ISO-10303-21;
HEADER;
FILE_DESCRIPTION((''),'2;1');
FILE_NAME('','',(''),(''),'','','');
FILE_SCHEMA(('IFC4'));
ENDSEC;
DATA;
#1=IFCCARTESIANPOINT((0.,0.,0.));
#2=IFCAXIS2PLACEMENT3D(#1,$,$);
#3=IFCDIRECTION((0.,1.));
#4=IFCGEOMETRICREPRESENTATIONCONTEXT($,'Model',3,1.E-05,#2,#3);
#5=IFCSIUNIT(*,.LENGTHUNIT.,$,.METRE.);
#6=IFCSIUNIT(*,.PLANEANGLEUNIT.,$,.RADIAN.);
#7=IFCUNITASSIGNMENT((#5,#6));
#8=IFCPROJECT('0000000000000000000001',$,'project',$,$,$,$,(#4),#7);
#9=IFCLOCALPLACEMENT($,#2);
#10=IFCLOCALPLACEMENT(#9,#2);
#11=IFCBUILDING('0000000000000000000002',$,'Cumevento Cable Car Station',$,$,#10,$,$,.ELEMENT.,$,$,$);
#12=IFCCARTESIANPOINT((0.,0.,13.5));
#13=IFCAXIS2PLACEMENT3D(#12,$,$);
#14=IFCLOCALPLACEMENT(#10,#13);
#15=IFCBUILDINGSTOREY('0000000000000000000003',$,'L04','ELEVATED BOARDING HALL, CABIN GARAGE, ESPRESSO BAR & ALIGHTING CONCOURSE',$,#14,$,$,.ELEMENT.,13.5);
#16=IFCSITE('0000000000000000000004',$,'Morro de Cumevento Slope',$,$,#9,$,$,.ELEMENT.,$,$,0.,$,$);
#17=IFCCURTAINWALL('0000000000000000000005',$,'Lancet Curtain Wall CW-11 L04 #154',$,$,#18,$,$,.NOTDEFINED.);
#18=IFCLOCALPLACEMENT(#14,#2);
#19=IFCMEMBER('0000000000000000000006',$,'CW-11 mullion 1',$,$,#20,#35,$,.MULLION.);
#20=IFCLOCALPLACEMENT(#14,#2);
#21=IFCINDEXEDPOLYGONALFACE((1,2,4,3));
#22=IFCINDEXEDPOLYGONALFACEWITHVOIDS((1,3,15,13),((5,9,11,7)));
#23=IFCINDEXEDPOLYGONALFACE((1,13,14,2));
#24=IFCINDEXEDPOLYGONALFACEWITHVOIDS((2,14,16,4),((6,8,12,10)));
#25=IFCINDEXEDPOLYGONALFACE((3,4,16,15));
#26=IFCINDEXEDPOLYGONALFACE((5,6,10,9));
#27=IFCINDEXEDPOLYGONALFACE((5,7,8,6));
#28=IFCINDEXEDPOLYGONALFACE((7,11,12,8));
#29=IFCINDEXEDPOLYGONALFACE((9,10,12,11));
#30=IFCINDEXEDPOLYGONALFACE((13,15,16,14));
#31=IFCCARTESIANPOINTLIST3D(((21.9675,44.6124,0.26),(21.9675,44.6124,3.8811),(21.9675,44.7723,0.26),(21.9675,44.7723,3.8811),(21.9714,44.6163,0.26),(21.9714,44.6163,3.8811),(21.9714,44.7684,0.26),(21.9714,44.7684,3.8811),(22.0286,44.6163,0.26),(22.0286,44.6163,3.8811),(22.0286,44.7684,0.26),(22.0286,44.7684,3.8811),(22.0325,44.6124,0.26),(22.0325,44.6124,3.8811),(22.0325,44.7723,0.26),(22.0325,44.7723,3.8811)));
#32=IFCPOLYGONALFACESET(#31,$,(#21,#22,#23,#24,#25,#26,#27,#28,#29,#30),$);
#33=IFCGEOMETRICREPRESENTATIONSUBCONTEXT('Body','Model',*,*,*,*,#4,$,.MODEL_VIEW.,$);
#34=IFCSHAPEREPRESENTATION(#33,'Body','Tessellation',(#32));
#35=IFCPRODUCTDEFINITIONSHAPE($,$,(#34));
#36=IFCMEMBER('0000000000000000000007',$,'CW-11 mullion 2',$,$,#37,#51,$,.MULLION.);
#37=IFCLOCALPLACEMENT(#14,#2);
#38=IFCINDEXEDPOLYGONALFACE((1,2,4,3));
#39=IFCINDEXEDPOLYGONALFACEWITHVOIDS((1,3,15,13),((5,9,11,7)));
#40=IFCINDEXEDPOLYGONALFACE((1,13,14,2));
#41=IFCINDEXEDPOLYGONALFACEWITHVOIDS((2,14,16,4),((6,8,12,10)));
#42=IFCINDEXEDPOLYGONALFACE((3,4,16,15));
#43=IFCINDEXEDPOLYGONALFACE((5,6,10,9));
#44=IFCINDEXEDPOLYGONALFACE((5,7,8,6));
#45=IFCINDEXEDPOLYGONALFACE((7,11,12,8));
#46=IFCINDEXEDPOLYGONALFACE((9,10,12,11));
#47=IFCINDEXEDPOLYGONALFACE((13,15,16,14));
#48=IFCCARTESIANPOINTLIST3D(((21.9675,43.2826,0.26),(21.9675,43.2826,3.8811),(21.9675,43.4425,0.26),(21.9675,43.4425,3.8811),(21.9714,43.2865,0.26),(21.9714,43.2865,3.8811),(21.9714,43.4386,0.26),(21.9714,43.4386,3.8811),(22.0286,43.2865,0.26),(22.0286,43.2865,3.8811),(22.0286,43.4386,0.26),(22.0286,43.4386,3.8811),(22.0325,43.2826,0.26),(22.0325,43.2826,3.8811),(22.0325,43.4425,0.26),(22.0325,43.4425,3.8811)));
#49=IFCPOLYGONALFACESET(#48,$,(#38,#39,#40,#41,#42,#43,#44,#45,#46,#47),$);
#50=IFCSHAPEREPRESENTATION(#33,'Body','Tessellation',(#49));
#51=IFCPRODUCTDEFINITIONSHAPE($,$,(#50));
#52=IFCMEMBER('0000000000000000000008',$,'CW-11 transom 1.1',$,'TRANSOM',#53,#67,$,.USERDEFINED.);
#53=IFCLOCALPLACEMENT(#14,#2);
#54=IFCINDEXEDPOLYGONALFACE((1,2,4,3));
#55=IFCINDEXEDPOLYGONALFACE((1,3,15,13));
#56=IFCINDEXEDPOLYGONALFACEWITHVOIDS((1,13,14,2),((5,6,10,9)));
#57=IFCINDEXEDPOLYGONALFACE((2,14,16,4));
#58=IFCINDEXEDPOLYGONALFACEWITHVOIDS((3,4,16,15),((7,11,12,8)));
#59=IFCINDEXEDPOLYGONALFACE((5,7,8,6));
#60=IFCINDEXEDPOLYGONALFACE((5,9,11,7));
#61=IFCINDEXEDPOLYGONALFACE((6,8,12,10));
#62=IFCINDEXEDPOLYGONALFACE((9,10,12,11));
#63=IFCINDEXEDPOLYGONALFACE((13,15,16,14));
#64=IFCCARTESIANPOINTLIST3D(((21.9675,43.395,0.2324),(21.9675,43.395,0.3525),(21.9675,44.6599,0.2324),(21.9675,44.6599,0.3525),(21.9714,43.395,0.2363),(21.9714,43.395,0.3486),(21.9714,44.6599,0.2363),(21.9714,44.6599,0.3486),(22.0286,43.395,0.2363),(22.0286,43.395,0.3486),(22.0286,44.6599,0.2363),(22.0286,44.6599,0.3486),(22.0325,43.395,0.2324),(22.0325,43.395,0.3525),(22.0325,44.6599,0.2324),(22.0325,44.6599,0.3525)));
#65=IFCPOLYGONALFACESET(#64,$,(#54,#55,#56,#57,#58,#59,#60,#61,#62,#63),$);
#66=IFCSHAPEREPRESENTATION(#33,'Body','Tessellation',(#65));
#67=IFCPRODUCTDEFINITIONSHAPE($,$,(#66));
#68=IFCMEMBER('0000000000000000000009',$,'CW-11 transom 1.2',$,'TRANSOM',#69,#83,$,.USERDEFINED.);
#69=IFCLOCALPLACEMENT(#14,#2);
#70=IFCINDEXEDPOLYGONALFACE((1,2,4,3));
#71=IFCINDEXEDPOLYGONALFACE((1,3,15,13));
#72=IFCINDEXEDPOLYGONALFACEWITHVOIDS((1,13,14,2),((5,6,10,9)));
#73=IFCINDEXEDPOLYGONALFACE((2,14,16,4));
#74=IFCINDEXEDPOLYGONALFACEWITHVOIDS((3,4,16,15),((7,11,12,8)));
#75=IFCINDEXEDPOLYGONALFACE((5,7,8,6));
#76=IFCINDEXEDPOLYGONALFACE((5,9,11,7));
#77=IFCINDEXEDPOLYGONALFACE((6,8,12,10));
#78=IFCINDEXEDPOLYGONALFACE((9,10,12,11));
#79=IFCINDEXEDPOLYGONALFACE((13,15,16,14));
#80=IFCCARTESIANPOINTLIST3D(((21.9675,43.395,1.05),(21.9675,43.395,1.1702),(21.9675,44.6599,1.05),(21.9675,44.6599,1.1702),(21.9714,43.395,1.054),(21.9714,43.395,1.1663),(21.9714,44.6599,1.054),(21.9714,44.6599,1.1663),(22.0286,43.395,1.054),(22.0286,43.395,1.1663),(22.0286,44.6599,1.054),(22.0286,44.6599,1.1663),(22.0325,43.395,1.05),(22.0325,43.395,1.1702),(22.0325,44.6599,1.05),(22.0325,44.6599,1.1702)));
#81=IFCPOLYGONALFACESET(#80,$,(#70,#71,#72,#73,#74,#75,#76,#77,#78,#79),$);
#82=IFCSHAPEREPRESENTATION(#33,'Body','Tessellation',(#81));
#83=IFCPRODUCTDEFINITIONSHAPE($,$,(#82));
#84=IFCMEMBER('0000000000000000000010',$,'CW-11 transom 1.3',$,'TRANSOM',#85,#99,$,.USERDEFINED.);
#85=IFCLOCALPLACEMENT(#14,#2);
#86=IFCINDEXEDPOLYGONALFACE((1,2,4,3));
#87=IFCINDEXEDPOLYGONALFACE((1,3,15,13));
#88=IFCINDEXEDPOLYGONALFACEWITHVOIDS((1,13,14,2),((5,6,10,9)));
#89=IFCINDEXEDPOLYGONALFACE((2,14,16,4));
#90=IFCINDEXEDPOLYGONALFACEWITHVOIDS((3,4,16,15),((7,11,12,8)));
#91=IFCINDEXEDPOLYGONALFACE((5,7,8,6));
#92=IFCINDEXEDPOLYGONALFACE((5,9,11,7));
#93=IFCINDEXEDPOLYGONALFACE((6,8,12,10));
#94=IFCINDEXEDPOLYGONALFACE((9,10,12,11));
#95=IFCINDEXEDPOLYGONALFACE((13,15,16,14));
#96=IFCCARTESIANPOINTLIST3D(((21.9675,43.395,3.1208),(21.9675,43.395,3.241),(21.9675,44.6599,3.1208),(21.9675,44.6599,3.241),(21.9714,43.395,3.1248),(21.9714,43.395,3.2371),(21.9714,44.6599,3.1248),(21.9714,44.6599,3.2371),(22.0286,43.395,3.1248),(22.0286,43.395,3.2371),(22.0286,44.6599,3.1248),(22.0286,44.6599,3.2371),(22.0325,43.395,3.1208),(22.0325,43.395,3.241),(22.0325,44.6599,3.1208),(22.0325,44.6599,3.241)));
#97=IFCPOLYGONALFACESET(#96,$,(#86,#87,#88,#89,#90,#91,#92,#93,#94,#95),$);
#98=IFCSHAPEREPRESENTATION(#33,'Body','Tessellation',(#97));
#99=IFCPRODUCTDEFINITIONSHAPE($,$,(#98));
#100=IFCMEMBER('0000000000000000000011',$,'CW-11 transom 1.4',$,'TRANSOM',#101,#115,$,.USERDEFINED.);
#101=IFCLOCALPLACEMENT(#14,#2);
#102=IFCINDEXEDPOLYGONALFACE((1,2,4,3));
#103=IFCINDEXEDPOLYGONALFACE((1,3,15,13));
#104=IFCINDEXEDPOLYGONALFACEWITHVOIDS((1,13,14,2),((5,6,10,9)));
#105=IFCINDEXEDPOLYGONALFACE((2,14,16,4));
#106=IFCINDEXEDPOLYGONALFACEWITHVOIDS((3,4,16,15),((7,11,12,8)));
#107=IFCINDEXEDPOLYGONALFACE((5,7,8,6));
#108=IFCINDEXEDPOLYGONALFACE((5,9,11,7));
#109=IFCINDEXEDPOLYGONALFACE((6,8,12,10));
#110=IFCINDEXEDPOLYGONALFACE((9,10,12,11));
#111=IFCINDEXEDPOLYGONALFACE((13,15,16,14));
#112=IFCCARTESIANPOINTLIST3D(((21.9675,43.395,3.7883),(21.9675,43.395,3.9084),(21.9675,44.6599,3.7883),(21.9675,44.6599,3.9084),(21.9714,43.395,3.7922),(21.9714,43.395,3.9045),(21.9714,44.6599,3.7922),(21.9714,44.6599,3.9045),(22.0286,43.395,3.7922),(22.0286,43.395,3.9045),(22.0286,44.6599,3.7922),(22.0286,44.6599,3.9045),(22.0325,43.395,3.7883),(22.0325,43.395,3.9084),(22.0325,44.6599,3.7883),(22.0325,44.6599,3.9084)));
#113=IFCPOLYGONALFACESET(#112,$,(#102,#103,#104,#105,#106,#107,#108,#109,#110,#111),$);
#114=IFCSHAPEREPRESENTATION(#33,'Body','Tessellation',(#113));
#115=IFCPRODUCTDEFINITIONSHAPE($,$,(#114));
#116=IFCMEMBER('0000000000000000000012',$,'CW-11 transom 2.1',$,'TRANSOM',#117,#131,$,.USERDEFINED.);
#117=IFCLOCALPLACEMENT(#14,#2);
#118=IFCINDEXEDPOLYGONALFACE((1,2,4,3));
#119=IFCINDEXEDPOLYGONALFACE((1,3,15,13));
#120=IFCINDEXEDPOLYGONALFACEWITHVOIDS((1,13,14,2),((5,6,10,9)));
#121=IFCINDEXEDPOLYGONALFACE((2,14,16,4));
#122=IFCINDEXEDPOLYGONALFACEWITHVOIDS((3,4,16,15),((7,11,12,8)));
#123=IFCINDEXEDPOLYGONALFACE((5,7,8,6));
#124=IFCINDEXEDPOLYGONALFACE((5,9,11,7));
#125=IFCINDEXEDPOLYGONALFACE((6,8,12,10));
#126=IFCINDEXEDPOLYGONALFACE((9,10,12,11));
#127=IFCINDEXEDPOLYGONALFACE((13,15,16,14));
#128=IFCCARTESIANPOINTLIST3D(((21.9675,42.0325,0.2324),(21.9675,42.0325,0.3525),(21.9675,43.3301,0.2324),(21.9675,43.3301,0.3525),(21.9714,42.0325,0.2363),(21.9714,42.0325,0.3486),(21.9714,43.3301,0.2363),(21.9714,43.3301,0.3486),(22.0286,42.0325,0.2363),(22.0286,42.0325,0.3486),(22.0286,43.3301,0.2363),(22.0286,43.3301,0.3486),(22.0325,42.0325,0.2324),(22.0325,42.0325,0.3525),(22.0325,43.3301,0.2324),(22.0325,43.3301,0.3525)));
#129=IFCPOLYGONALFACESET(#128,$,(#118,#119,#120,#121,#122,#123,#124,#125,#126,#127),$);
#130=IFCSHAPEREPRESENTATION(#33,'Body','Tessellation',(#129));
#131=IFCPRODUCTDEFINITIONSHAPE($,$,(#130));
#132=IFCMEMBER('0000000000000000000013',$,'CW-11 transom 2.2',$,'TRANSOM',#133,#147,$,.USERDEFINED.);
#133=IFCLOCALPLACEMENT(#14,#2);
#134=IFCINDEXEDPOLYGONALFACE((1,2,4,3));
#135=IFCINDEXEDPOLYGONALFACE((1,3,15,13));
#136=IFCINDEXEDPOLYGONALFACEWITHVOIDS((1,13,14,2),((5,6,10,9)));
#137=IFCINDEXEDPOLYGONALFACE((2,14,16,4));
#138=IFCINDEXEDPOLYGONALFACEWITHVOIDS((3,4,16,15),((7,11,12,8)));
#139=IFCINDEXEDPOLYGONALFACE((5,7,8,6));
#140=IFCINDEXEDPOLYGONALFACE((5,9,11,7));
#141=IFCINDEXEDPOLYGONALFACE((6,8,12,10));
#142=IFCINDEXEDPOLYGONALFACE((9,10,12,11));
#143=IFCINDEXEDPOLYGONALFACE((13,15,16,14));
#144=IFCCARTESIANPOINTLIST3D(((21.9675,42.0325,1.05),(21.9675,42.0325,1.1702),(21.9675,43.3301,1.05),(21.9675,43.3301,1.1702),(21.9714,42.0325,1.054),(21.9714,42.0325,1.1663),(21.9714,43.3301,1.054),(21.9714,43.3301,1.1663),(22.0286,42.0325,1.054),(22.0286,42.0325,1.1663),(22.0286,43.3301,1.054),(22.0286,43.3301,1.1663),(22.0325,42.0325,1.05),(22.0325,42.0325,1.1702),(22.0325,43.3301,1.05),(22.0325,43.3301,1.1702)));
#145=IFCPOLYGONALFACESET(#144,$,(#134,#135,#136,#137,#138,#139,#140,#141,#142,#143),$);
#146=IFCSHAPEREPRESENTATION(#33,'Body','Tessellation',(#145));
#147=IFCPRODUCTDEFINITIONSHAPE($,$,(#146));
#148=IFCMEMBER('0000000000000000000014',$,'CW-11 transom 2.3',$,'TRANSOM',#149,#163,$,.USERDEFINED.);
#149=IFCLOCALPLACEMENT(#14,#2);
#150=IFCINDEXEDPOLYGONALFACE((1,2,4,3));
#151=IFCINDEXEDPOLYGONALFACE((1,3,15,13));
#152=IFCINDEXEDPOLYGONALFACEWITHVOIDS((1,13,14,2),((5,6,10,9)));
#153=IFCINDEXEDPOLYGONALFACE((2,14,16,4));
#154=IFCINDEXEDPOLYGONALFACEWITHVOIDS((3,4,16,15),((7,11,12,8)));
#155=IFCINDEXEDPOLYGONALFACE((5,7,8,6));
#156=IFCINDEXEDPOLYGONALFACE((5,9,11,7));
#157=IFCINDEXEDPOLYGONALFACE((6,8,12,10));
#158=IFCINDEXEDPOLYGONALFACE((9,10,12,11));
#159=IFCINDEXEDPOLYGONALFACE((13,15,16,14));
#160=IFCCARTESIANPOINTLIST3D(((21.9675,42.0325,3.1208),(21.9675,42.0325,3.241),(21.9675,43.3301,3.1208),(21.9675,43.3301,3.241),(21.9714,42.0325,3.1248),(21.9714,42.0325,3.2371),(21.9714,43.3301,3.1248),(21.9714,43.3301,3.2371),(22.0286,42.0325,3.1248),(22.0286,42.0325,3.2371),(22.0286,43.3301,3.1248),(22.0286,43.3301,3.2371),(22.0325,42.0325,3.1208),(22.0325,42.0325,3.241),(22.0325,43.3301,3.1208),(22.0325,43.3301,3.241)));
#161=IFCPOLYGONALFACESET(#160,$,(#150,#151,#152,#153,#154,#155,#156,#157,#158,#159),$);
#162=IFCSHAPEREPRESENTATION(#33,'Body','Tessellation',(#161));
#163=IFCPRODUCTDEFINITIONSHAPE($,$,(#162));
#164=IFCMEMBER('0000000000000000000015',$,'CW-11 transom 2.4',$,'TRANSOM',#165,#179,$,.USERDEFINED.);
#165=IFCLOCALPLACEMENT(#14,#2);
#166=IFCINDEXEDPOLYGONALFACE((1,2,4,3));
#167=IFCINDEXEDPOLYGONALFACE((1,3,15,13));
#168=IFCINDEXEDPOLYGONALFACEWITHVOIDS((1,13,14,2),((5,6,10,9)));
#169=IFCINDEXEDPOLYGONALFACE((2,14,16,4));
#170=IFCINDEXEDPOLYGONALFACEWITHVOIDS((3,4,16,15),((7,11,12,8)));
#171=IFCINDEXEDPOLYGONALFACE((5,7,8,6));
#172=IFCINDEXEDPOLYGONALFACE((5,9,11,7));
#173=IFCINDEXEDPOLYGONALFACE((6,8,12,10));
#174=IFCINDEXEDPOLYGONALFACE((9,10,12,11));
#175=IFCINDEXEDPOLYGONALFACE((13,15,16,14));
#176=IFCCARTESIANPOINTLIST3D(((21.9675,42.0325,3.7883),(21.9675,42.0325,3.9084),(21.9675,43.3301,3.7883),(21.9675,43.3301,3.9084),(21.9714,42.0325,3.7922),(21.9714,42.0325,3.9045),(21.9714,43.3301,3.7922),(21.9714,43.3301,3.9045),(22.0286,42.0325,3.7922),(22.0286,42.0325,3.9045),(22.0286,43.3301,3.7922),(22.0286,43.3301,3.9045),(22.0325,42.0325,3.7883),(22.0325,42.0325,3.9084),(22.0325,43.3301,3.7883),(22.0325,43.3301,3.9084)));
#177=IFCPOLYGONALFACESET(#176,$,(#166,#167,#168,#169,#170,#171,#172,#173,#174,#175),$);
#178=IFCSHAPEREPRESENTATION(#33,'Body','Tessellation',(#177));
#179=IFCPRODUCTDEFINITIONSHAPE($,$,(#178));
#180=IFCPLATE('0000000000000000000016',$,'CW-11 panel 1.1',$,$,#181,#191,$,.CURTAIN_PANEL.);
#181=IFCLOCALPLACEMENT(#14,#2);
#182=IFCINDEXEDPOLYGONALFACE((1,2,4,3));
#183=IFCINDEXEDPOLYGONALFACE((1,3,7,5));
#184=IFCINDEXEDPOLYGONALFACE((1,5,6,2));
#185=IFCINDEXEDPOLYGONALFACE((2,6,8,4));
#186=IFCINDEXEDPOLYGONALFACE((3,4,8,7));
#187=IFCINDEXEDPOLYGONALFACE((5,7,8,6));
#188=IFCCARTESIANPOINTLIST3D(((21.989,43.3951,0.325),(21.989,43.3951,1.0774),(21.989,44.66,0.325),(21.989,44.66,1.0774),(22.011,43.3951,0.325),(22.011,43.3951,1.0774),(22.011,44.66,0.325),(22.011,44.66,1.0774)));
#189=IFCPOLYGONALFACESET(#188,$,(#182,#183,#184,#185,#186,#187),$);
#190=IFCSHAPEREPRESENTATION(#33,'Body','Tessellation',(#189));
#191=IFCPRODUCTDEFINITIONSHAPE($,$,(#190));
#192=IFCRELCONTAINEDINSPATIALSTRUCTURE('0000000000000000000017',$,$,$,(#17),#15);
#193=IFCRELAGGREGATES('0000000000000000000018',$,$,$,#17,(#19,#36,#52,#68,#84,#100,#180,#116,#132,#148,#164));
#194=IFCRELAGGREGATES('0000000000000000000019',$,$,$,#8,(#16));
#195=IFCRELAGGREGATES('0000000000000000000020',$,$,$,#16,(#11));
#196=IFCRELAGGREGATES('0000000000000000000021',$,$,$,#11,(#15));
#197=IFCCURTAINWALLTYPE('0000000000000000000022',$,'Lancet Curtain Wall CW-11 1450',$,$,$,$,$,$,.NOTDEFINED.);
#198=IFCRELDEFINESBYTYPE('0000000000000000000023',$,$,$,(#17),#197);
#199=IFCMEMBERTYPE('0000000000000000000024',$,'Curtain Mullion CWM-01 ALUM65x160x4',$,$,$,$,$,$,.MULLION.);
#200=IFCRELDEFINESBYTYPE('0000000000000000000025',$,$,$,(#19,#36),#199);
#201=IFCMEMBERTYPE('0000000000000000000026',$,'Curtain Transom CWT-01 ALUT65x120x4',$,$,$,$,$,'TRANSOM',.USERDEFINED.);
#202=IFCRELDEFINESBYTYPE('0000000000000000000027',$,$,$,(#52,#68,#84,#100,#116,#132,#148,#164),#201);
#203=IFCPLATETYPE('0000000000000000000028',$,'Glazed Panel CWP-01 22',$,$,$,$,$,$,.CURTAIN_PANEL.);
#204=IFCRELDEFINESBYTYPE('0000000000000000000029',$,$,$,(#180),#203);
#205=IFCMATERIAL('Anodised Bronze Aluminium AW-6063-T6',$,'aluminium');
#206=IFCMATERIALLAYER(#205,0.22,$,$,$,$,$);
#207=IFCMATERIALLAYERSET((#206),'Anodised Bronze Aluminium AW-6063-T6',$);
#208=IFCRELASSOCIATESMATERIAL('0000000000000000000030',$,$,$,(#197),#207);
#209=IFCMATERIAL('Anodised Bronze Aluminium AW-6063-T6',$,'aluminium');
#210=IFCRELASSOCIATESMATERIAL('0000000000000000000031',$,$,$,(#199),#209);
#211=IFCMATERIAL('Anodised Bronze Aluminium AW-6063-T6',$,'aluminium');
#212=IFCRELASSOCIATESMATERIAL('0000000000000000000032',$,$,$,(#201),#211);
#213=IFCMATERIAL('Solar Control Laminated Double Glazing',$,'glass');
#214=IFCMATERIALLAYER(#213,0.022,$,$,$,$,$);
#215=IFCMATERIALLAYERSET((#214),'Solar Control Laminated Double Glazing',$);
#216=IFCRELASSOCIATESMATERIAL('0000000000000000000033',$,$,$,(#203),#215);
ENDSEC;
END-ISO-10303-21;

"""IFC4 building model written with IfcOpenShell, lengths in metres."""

from ifc_helpers import new_model, si_unit, direction, frame, origin, origin_2d, place, context, subcontext, project, spatial, rectangle, hollow_rectangle, extrude, material, layer, layer_set, material_profile, profile_set, type_object, element, aggregate, save


model = new_model("IFC4")

# Units and contexts
model_context = context("Model", 3, precision=1e-05, world=origin(), true_north=direction((0.0, 1.0)))
body_context = subcontext(model_context, "Body", "Model", "MODEL_VIEW")
ifc_project = project(units=[si_unit("LENGTHUNIT", "METRE"), si_unit("PLANEANGLEUNIT", "RADIAN")], contexts=[model_context])

# Site, building, storey
site_placement = place(None, origin())
site = spatial("IfcSite", under=ifc_project, at=site_placement, Name="Morro de Cumevento Slope", CompositionType="ELEMENT", RefElevation=0.0)
building_placement = place(site_placement, origin())
building = spatial("IfcBuilding", under=site, at=building_placement, Name="Cumevento Cable Car Station", CompositionType="ELEMENT")
storey_placement = place(building_placement, frame((0.0, 0.0, 13.5)))
storey = spatial("IfcBuildingStorey", under=building, at=storey_placement, Name="L04", Description="ELEVATED BOARDING HALL, CABIN GARAGE, ESPRESSO BAR & ALIGHTING CONCOURSE", CompositionType="ELEMENT", Elevation=13.5)

# Curtain wall, members, plate
ifc_material_1 = material(Name="Anodised Bronze Aluminium AW-6063-T6", Category="aluminium")
ifc_layer_1 = layer(ifc_material_1, 0.22)
ifc_layer_set_1 = layer_set([ifc_layer_1], Name="Anodised Bronze Aluminium AW-6063-T6")
curtain_wall_type = type_object("IfcCurtainWallType", Name="Lancet Curtain Wall CW-11 1450", PredefinedType="NOTDEFINED", material=ifc_layer_set_1)
curtain_wall_placement = place(storey_placement, origin())
curtain_wall = element("IfcCurtainWall", 1, at=curtain_wall_placement, inside=storey, type_object=curtain_wall_type, Name="Lancet Curtain Wall CW-11 L04 #154", PredefinedType="NOTDEFINED")
ifc_material_2 = material(Name="Anodised Bronze Aluminium AW-6063-T6", Category="aluminium")
ifc_material_profile_1 = material_profile(ifc_material_2, hollow_rectangle(XDim=0.0649, YDim=0.1599, WallThickness=0.0039, at=origin_2d()), Name="ALUM65x160x4")
ifc_profile_set_1 = profile_set([ifc_material_profile_1], Name="Anodised Bronze Aluminium AW-6063-T6")
member_type_1 = type_object("IfcMemberType", Name="Curtain Mullion CWM-01 ALUM65x160x4", PredefinedType="MULLION", material=ifc_profile_set_1)
member_1_placement = place(storey_placement, frame((22.0, 44.6924, 0.26), z_axis=(0.0, 0.0, 1.0), x_axis=(1.0, 0.0, 0.0)))
member_1 = element("IfcMember", 2, at=member_1_placement, type_object=member_type_1, Name="CW-11 mullion 1", PredefinedType="MULLION", context=body_context, shape_type="SweptSolid", body=[
    extrude(hollow_rectangle(XDim=0.0649, YDim=0.1599, WallThickness=0.0039, at=origin_2d()), origin(), (0.0, 0.0, 1.0), 3.6211),
])
member_2_placement = place(storey_placement, frame((22.0, 43.3625, 0.26), z_axis=(0.0, 0.0, 1.0), x_axis=(1.0, 0.0, 0.0)))
member_2 = element("IfcMember", 3, at=member_2_placement, type_object=member_type_1, Name="CW-11 mullion 2", PredefinedType="MULLION", context=body_context, shape_type="SweptSolid", body=[
    extrude(hollow_rectangle(XDim=0.0649, YDim=0.1599, WallThickness=0.0039, at=origin_2d()), origin(), (0.0, 0.0, 1.0), 3.6211),
])
ifc_material_3 = material(Name="Anodised Bronze Aluminium AW-6063-T6", Category="aluminium")
ifc_material_profile_2 = material_profile(ifc_material_3, hollow_rectangle(XDim=0.0649, YDim=0.1201, WallThickness=0.0039, at=origin_2d()), Name="ALUT65x120x4")
ifc_profile_set_2 = profile_set([ifc_material_profile_2], Name="Anodised Bronze Aluminium AW-6063-T6")
member_type_2 = type_object("IfcMemberType", Name="Curtain Transom CWT-01 ALUT65x120x4", ElementType="TRANSOM", PredefinedType="USERDEFINED", material=ifc_profile_set_2)
member_3_placement = place(storey_placement, frame((22.0, 44.6599, 0.2925), z_axis=(0.0, -1.0, 0.0), x_axis=(1.0, 0.0, 0.0)))
member_3 = element("IfcMember", 4, at=member_3_placement, type_object=member_type_2, Name="CW-11 transom 1.1", ObjectType="TRANSOM", PredefinedType="USERDEFINED", context=body_context, shape_type="SweptSolid", body=[
    extrude(hollow_rectangle(XDim=0.0649, YDim=0.1201, WallThickness=0.0039, at=origin_2d()), origin(), (0.0, 0.0, 1.0), 1.2649),
])
member_4_placement = place(storey_placement, frame((22.0, 44.6599, 1.1101), z_axis=(0.0, -1.0, 0.0), x_axis=(1.0, 0.0, 0.0)))
member_4 = element("IfcMember", 5, at=member_4_placement, type_object=member_type_2, Name="CW-11 transom 1.2", ObjectType="TRANSOM", PredefinedType="USERDEFINED", context=body_context, shape_type="SweptSolid", body=[
    extrude(hollow_rectangle(XDim=0.0649, YDim=0.1201, WallThickness=0.0039, at=origin_2d()), origin(), (0.0, 0.0, 1.0), 1.2649),
])
member_5_placement = place(storey_placement, frame((22.0, 44.6599, 3.1809), z_axis=(0.0, -1.0, 0.0), x_axis=(1.0, 0.0, 0.0)))
member_5 = element("IfcMember", 6, at=member_5_placement, type_object=member_type_2, Name="CW-11 transom 1.3", ObjectType="TRANSOM", PredefinedType="USERDEFINED", context=body_context, shape_type="SweptSolid", body=[
    extrude(hollow_rectangle(XDim=0.0649, YDim=0.1201, WallThickness=0.0039, at=origin_2d()), origin(), (0.0, 0.0, 1.0), 1.2649),
])
member_6_placement = place(storey_placement, frame((22.0, 44.6599, 3.8484), z_axis=(0.0, -1.0, 0.0), x_axis=(1.0, 0.0, 0.0)))
member_6 = element("IfcMember", 7, at=member_6_placement, type_object=member_type_2, Name="CW-11 transom 1.4", ObjectType="TRANSOM", PredefinedType="USERDEFINED", context=body_context, shape_type="SweptSolid", body=[
    extrude(hollow_rectangle(XDim=0.0649, YDim=0.1201, WallThickness=0.0039, at=origin_2d()), origin(), (0.0, 0.0, 1.0), 1.2649),
])
member_7_placement = place(storey_placement, frame((22.0, 43.3301, 0.2925), z_axis=(0.0, -1.0, 0.0), x_axis=(1.0, 0.0, 0.0)))
member_7 = element("IfcMember", 8, at=member_7_placement, type_object=member_type_2, Name="CW-11 transom 2.1", ObjectType="TRANSOM", PredefinedType="USERDEFINED", context=body_context, shape_type="SweptSolid", body=[
    extrude(hollow_rectangle(XDim=0.0649, YDim=0.1201, WallThickness=0.0039, at=origin_2d()), origin(), (0.0, 0.0, 1.0), 1.2976),
])
member_8_placement = place(storey_placement, frame((22.0, 43.3301, 1.1101), z_axis=(0.0, -1.0, 0.0), x_axis=(1.0, 0.0, 0.0)))
member_8 = element("IfcMember", 9, at=member_8_placement, type_object=member_type_2, Name="CW-11 transom 2.2", ObjectType="TRANSOM", PredefinedType="USERDEFINED", context=body_context, shape_type="SweptSolid", body=[
    extrude(hollow_rectangle(XDim=0.0649, YDim=0.1201, WallThickness=0.0039, at=origin_2d()), origin(), (0.0, 0.0, 1.0), 1.2976),
])
member_9_placement = place(storey_placement, frame((22.0, 43.3301, 3.1809), z_axis=(0.0, -1.0, 0.0), x_axis=(1.0, 0.0, 0.0)))
member_9 = element("IfcMember", 10, at=member_9_placement, type_object=member_type_2, Name="CW-11 transom 2.3", ObjectType="TRANSOM", PredefinedType="USERDEFINED", context=body_context, shape_type="SweptSolid", body=[
    extrude(hollow_rectangle(XDim=0.0649, YDim=0.1201, WallThickness=0.0039, at=origin_2d()), origin(), (0.0, 0.0, 1.0), 1.2976),
])
member_10_placement = place(storey_placement, frame((22.0, 43.3301, 3.8484), z_axis=(0.0, -1.0, 0.0), x_axis=(1.0, 0.0, 0.0)))
member_10 = element("IfcMember", 11, at=member_10_placement, type_object=member_type_2, Name="CW-11 transom 2.4", ObjectType="TRANSOM", PredefinedType="USERDEFINED", context=body_context, shape_type="SweptSolid", body=[
    extrude(hollow_rectangle(XDim=0.0649, YDim=0.1201, WallThickness=0.0039, at=origin_2d()), origin(), (0.0, 0.0, 1.0), 1.2976),
])
ifc_material_4 = material(Name="Solar Control Laminated Double Glazing", Category="glass")
ifc_layer_2 = layer(ifc_material_4, 0.022)
ifc_layer_set_2 = layer_set([ifc_layer_2], Name="Solar Control Laminated Double Glazing")
plate_type = type_object("IfcPlateType", Name="Glazed Panel CWP-01 22", PredefinedType="CURTAIN_PANEL", material=ifc_layer_set_2)
plate_1_placement = place(storey_placement, frame((22.0, 44.0276, 0.325), z_axis=(0.0, 0.0, 1.0), x_axis=(0.0, -1.0, 0.0)))
plate_1 = element("IfcPlate", 12, at=plate_1_placement, type_object=plate_type, Name="CW-11 panel 1.1", PredefinedType="CURTAIN_PANEL", context=body_context, shape_type="SweptSolid", body=[
    extrude(rectangle(XDim=1.2649, YDim=0.022, at=origin_2d()), origin(), (0.0, 0.0, 1.0), 0.7524),
])
aggregate(curtain_wall, [member_1, member_2, member_3, member_4, member_5, member_6, plate_1, member_7, member_8, member_9, member_10])

save(model, "model.ifc")
